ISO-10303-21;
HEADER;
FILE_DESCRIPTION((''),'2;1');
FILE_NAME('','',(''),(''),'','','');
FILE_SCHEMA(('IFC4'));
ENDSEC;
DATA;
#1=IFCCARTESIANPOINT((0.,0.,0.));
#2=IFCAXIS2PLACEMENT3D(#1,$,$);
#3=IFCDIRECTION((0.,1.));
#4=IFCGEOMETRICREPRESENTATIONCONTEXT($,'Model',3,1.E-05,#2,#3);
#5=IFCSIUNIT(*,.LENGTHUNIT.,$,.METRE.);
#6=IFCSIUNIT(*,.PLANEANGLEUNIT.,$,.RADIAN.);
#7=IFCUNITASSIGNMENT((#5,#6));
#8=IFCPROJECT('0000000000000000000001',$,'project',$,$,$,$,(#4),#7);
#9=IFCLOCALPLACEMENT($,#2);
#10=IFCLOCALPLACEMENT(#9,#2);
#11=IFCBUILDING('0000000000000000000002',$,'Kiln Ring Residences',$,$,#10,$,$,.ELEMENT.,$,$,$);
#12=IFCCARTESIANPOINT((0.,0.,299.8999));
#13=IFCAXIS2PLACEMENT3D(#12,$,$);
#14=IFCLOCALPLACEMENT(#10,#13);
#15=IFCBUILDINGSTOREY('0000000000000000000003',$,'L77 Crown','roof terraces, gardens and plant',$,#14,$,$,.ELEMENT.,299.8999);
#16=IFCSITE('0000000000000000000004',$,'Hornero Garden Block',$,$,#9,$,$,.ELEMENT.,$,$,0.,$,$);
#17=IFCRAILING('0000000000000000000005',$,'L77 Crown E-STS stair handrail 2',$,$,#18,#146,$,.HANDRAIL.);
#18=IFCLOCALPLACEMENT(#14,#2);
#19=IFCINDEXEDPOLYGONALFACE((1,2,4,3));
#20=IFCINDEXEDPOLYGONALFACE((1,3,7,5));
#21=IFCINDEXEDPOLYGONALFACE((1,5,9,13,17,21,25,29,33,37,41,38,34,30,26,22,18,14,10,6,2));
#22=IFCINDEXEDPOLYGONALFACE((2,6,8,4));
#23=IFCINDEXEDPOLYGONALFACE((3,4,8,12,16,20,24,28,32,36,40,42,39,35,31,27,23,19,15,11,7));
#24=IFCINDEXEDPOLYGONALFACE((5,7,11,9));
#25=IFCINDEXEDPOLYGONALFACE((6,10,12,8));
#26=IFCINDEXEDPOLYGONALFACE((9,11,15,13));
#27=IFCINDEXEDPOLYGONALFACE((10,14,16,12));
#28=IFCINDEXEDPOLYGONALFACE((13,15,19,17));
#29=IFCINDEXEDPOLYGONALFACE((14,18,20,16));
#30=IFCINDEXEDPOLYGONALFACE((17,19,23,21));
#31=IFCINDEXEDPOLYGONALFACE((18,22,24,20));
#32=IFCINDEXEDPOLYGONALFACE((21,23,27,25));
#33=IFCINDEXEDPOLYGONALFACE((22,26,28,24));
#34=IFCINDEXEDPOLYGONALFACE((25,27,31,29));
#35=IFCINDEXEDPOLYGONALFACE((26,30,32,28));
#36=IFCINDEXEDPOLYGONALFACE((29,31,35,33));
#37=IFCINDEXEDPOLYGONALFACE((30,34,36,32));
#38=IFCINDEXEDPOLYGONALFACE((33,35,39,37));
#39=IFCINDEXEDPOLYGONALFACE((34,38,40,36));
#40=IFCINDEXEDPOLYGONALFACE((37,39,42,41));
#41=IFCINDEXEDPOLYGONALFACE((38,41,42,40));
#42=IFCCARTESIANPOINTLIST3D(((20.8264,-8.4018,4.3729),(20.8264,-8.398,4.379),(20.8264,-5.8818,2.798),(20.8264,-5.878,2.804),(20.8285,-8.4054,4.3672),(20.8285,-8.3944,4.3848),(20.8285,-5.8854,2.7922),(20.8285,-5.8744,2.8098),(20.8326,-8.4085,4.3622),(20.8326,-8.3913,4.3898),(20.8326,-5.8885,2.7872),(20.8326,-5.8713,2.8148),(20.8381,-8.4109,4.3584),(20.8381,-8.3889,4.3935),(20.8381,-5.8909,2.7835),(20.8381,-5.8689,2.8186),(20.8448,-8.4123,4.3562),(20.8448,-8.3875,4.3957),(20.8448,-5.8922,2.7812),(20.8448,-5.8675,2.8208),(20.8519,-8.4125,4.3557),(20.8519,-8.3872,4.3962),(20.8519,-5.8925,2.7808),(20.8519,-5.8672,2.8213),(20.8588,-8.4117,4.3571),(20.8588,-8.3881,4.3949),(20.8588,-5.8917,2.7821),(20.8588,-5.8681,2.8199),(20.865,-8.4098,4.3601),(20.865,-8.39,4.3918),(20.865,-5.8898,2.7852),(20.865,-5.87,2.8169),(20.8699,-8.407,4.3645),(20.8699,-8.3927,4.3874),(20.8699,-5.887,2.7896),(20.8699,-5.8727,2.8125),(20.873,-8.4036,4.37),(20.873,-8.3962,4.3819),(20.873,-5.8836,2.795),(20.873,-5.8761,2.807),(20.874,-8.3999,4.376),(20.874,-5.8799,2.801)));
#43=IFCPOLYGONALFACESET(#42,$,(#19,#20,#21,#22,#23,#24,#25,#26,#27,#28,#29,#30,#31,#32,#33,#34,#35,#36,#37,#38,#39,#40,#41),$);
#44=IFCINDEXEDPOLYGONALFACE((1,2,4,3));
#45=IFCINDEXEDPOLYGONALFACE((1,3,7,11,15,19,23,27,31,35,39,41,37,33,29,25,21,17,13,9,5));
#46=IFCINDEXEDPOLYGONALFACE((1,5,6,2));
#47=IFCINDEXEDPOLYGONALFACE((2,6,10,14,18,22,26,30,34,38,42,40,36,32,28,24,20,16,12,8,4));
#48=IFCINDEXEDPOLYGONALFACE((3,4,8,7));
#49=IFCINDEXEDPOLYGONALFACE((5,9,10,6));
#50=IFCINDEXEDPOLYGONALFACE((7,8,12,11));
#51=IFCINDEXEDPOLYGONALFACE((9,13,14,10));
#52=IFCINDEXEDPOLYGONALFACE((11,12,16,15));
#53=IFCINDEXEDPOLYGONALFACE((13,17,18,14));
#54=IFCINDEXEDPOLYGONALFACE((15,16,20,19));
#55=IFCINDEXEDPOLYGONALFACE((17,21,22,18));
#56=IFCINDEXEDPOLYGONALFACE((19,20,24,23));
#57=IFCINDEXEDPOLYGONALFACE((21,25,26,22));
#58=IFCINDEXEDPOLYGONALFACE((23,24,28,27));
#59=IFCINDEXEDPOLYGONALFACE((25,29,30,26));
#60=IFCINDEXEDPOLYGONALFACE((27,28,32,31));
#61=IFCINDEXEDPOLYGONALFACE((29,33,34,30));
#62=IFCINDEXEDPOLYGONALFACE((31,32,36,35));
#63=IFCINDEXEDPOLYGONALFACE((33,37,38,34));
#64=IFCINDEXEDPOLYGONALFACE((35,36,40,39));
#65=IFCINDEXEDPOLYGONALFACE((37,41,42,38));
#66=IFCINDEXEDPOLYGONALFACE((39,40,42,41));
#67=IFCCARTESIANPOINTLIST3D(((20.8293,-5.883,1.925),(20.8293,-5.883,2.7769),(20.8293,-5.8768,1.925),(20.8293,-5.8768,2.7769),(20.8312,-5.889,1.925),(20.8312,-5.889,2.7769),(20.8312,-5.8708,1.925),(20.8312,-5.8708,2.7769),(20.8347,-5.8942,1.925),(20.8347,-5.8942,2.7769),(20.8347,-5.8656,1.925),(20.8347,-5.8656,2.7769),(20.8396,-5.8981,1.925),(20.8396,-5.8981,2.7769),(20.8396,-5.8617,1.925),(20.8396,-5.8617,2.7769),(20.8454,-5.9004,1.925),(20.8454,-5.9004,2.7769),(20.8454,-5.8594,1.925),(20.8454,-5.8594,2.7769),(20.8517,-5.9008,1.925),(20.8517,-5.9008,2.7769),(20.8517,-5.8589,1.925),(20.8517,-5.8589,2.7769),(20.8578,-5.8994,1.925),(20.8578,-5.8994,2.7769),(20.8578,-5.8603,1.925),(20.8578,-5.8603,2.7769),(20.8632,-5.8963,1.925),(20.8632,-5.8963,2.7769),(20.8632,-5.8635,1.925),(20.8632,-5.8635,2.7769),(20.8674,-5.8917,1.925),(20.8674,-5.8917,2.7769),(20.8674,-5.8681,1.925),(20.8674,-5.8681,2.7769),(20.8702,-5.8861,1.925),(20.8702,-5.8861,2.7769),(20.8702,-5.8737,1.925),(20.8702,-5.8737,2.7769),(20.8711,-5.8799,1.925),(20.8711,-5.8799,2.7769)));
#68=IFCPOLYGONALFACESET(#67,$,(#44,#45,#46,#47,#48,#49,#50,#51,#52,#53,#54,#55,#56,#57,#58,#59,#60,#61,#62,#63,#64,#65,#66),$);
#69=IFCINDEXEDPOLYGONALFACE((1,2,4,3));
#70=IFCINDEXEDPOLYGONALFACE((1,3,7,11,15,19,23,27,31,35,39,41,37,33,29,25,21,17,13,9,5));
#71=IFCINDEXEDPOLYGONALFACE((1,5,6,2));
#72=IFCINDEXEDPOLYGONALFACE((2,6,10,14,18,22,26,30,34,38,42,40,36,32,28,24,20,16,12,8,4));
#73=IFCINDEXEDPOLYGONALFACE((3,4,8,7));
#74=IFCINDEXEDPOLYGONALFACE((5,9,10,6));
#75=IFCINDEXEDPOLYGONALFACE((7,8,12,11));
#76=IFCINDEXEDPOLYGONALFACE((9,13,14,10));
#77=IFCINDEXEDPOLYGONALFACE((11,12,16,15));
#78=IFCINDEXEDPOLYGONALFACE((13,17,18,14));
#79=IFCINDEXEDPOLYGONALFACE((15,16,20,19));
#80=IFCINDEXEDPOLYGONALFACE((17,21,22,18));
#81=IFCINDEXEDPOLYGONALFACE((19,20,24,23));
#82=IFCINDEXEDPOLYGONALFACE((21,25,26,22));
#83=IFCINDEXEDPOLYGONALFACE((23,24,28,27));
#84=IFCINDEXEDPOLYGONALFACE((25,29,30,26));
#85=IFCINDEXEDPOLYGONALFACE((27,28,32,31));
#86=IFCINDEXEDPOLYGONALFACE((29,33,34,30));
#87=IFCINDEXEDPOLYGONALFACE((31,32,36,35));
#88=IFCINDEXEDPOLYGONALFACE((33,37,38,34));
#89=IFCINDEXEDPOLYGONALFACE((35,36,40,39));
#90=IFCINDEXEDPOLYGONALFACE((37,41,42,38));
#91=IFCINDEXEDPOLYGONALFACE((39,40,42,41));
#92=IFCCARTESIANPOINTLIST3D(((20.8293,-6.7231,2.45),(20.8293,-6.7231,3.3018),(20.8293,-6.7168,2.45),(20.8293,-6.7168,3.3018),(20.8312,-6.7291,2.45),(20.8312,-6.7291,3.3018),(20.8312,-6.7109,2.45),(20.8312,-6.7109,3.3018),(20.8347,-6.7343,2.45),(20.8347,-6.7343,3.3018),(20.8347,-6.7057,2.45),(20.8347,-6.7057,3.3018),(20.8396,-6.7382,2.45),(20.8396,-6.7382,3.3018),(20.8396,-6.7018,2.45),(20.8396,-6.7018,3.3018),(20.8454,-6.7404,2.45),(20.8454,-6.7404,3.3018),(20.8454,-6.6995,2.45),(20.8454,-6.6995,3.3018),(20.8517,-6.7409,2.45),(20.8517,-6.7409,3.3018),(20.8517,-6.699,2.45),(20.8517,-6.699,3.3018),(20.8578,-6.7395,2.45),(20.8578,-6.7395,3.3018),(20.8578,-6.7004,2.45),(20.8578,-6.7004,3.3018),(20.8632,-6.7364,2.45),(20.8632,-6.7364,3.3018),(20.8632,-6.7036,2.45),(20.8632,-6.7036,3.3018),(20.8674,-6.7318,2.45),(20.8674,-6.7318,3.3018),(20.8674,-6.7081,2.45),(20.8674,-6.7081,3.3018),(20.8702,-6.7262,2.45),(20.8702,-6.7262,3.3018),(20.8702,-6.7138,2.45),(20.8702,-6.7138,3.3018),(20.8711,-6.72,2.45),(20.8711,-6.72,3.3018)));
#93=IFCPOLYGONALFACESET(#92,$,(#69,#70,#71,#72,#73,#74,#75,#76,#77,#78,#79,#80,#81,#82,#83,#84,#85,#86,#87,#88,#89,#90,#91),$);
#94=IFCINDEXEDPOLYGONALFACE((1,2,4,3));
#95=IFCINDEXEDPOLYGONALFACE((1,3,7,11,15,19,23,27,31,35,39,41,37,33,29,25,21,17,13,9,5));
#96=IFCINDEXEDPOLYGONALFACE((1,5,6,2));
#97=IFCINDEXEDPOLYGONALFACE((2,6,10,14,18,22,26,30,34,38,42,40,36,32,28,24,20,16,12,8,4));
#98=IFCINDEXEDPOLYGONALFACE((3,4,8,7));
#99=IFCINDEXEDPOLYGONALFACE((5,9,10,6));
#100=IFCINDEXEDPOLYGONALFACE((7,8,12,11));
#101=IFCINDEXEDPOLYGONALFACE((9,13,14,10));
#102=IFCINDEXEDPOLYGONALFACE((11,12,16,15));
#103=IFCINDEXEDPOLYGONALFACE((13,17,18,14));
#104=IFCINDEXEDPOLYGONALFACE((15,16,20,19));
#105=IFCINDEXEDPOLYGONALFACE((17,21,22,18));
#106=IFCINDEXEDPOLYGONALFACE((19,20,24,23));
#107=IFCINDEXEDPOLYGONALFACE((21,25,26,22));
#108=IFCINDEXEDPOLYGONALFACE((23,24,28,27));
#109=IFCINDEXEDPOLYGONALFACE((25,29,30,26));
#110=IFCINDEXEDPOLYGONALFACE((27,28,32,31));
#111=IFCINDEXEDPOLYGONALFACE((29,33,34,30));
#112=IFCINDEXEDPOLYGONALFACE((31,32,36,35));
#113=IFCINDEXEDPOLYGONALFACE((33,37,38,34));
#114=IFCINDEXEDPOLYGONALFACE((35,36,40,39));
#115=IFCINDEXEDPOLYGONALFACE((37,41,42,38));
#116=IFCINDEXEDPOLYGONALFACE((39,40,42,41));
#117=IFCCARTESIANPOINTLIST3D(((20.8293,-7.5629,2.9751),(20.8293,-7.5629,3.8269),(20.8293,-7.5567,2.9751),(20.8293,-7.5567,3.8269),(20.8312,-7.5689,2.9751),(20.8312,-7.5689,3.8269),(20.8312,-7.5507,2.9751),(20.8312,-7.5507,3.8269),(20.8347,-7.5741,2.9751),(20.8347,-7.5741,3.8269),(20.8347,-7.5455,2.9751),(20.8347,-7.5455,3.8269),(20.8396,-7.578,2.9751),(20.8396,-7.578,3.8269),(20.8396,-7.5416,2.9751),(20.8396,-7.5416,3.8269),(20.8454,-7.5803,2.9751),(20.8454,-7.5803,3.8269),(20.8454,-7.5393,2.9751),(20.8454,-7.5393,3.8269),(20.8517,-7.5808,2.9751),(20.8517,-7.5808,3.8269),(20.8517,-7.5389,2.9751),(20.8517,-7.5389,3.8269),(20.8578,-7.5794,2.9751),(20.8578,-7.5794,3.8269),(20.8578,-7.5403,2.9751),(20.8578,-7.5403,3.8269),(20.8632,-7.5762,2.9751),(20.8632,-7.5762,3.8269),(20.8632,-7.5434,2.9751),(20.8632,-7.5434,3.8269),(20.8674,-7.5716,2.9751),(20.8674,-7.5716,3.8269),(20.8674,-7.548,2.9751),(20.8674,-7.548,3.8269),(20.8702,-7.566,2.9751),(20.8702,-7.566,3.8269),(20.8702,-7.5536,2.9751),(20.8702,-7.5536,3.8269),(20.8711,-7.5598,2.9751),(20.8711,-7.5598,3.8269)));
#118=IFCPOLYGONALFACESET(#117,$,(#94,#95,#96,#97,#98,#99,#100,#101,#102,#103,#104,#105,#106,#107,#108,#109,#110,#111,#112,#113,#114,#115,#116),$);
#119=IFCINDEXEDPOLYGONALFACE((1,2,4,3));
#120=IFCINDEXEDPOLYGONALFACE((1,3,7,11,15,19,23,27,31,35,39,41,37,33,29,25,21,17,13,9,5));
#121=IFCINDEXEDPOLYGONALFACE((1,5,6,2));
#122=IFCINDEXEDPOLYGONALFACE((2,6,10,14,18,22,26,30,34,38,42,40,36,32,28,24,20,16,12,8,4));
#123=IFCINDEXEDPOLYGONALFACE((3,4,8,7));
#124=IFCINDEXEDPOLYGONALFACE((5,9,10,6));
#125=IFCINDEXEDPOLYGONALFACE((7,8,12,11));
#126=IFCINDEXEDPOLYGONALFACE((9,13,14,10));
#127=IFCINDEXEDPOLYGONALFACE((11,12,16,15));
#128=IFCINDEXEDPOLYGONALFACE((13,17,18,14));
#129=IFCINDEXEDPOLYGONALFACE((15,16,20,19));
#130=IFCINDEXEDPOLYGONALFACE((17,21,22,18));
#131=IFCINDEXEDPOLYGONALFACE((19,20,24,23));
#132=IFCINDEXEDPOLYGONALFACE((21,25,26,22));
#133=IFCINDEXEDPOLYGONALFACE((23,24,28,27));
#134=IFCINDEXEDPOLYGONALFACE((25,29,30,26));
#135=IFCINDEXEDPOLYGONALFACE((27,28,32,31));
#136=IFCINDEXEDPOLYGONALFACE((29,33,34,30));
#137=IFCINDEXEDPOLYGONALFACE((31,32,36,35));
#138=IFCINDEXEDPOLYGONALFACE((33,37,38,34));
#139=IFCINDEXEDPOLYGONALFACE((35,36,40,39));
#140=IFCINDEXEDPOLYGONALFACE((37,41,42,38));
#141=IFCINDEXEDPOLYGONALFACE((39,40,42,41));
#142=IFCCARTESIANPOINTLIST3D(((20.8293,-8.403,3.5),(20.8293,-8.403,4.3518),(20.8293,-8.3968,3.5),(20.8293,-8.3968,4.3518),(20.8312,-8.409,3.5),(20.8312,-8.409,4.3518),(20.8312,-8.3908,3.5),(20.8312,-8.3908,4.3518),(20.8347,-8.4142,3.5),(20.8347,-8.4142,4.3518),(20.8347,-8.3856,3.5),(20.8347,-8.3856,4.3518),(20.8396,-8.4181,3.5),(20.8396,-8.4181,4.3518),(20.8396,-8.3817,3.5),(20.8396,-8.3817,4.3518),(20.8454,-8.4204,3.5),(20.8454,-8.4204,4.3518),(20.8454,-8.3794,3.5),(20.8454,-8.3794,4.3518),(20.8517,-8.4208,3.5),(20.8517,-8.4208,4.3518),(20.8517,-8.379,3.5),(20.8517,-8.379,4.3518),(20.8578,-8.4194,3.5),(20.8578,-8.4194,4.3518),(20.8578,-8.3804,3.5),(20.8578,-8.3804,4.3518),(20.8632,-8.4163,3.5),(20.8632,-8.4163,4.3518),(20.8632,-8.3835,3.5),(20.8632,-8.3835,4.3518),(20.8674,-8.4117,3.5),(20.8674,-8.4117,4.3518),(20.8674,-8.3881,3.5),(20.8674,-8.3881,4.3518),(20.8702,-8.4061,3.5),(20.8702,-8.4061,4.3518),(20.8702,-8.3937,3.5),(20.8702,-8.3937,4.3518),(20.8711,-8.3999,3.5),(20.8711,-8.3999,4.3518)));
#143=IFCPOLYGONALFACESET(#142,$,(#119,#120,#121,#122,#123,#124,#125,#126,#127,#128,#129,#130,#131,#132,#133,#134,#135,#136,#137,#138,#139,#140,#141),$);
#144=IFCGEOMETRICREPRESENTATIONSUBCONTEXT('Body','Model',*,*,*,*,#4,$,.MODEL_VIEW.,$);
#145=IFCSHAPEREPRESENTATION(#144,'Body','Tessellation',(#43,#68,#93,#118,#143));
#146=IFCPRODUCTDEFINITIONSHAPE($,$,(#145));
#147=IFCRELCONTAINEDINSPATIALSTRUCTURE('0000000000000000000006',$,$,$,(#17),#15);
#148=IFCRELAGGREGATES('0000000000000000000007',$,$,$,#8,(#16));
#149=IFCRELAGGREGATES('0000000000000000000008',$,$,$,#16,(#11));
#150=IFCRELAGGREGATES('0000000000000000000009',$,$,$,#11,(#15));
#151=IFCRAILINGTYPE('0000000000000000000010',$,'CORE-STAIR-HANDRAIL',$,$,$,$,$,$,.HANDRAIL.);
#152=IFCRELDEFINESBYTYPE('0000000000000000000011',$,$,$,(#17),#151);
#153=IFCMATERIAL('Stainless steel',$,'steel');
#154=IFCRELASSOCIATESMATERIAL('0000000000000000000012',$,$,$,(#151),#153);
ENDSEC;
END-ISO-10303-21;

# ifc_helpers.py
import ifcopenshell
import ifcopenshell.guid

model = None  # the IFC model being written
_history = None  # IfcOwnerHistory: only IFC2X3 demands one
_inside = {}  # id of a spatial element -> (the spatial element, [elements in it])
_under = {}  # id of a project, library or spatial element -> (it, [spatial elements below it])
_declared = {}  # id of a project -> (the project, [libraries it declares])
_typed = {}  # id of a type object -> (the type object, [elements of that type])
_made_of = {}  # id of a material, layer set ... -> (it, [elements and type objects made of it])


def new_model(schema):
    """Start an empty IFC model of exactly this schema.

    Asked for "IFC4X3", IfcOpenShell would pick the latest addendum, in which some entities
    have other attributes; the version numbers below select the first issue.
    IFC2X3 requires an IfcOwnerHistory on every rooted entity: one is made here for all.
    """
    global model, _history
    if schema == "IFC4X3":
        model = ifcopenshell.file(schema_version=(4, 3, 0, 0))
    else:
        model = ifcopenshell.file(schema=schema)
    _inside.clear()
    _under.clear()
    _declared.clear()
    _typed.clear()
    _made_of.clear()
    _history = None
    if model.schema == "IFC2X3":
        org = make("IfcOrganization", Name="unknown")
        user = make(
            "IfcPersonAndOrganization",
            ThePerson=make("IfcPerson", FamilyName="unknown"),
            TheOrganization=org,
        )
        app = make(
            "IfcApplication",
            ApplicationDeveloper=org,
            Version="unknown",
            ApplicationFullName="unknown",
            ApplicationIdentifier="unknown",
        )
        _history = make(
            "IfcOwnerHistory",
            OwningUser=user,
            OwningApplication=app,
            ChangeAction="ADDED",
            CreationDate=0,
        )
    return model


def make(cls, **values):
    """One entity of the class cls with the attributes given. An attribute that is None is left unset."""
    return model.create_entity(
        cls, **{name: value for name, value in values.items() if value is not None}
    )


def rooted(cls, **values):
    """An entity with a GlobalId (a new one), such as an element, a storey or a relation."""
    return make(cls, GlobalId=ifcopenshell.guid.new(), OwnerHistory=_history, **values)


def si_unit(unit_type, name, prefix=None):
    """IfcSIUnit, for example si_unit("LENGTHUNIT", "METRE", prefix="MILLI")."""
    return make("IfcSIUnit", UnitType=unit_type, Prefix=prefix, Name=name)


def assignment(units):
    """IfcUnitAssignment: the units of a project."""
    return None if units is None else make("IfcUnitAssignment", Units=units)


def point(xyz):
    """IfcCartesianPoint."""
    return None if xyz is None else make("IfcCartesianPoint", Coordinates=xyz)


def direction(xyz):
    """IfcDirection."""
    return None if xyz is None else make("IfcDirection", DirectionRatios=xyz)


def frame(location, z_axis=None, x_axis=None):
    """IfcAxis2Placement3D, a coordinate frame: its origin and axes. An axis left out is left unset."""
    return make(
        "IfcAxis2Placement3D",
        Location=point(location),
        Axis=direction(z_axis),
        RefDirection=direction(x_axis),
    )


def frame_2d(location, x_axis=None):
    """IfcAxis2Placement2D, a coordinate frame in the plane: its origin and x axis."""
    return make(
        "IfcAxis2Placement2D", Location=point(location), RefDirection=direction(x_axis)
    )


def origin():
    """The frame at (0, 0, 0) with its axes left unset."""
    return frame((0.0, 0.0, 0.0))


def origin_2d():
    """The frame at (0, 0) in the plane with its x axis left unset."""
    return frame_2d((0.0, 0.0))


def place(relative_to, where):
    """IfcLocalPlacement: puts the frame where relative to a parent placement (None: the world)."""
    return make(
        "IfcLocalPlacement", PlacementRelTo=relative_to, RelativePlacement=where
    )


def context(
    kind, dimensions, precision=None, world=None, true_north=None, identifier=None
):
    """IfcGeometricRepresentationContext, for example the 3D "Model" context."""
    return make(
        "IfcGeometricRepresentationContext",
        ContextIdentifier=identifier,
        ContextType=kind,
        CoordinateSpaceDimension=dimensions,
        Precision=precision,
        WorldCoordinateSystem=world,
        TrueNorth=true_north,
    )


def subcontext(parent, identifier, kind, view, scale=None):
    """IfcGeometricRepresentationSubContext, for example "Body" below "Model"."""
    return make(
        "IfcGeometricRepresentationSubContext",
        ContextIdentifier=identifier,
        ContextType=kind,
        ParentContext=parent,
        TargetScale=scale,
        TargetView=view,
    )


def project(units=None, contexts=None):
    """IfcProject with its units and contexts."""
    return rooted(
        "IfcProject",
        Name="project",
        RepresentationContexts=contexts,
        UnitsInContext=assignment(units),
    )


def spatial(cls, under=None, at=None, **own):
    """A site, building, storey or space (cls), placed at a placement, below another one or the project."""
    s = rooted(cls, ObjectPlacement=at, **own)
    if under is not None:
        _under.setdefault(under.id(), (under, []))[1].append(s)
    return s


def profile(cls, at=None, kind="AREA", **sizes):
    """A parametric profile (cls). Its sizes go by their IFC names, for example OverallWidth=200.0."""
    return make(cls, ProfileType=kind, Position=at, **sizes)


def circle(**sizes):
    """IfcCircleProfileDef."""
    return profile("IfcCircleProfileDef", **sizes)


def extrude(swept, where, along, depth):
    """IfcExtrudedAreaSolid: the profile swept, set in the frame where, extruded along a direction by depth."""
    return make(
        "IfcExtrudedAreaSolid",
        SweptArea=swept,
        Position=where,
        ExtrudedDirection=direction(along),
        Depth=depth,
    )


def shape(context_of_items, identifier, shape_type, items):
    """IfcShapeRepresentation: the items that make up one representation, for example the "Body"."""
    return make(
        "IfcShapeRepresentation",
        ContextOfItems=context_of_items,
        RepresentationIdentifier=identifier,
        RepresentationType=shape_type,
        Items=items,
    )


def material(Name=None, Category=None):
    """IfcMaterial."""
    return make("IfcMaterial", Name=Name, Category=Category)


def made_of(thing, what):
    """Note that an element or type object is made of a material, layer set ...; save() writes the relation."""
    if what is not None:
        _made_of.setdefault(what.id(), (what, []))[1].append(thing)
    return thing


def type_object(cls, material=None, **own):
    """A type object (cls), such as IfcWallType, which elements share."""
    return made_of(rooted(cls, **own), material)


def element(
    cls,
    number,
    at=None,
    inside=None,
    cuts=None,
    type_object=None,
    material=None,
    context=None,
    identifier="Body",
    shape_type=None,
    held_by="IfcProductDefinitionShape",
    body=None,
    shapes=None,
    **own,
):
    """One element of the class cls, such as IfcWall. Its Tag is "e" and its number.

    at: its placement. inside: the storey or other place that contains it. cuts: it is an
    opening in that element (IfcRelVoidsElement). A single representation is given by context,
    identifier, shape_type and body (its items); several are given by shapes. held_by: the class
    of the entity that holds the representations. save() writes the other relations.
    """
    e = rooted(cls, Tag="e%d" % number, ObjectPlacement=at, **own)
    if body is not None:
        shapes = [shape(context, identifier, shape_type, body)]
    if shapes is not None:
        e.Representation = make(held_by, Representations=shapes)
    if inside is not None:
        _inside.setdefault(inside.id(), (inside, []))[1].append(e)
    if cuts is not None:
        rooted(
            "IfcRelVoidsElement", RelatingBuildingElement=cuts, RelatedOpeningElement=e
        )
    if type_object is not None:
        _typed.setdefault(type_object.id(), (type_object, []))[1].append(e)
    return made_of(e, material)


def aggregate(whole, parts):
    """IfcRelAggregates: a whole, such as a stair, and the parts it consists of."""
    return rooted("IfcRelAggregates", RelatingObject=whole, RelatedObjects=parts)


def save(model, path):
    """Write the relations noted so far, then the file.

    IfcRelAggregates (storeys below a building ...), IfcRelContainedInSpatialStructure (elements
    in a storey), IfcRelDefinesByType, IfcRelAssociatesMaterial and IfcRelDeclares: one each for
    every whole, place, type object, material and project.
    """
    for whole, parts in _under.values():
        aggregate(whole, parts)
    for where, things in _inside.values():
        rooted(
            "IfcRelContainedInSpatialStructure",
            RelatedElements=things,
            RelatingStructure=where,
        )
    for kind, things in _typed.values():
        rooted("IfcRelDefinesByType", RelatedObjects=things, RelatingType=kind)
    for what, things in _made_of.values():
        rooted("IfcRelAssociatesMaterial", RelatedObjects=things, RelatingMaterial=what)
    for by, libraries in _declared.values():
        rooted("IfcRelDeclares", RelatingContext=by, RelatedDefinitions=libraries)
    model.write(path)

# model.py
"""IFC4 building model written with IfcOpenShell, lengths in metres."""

from ifc_helpers import new_model, si_unit, direction, frame, origin, origin_2d, place, context, subcontext, project, spatial, circle, extrude, material, type_object, element, save


model = new_model("IFC4")

# Units and contexts
model_context = context("Model", 3, precision=1e-05, world=origin(), true_north=direction((0.0, 1.0)))
body_context = subcontext(model_context, "Body", "Model", "MODEL_VIEW")
ifc_project = project(units=[si_unit("LENGTHUNIT", "METRE"), si_unit("PLANEANGLEUNIT", "RADIAN")], contexts=[model_context])

# Site, building, storey
site_placement = place(None, origin())
site = spatial("IfcSite", under=ifc_project, at=site_placement, Name="Hornero Garden Block", CompositionType="ELEMENT", RefElevation=0.0)
building_placement = place(site_placement, origin())
building = spatial("IfcBuilding", under=site, at=building_placement, Name="Kiln Ring Residences", CompositionType="ELEMENT")
storey_placement = place(building_placement, frame((0.0, 0.0, 299.8999)))
storey = spatial("IfcBuildingStorey", under=building, at=storey_placement, Name="L77 Crown", Description="roof terraces, gardens and plant", CompositionType="ELEMENT", Elevation=299.8999)

# Railing
ifc_material_1 = material(Name="Stainless steel", Category="steel")
railing_type_1 = type_object("IfcRailingType", Name="CORE-STAIR-HANDRAIL", PredefinedType="HANDRAIL", material=ifc_material_1)
railing_1_placement = place(storey_placement, frame((20.8501, -5.8799, 1.925)))
element("IfcRailing", 1, at=railing_1_placement, inside=storey, type_object=railing_type_1, Name="L77 Crown E-STS stair handrail 2", PredefinedType="HANDRAIL", context=body_context, shape_type="SweptSolid", body=[
    extrude(circle(Radius=0.0239, at=origin_2d()), frame((0.0, 0.0, 0.876), z_axis=(0.0, -0.848008, 0.529984), x_axis=(1.0, 0.0, 0.0)), (0.0, 0.0, 1.0), 2.9717),
    extrude(circle(Radius=0.021, at=origin_2d()), origin(), (0.0, 0.0, 1.0), 0.8518),
    extrude(circle(Radius=0.021, at=origin_2d()), frame((0.0, -0.8401, 0.5249)), (0.0, 0.0, 1.0), 0.8518),
    extrude(circle(Radius=0.021, at=origin_2d()), frame((0.0, -1.6799, 1.05)), (0.0, 0.0, 1.0), 0.8518),
    extrude(circle(Radius=0.021, at=origin_2d()), frame((0.0, -2.52, 1.575)), (0.0, 0.0, 1.0), 0.8518),
])

save(model, "model.ifc")
